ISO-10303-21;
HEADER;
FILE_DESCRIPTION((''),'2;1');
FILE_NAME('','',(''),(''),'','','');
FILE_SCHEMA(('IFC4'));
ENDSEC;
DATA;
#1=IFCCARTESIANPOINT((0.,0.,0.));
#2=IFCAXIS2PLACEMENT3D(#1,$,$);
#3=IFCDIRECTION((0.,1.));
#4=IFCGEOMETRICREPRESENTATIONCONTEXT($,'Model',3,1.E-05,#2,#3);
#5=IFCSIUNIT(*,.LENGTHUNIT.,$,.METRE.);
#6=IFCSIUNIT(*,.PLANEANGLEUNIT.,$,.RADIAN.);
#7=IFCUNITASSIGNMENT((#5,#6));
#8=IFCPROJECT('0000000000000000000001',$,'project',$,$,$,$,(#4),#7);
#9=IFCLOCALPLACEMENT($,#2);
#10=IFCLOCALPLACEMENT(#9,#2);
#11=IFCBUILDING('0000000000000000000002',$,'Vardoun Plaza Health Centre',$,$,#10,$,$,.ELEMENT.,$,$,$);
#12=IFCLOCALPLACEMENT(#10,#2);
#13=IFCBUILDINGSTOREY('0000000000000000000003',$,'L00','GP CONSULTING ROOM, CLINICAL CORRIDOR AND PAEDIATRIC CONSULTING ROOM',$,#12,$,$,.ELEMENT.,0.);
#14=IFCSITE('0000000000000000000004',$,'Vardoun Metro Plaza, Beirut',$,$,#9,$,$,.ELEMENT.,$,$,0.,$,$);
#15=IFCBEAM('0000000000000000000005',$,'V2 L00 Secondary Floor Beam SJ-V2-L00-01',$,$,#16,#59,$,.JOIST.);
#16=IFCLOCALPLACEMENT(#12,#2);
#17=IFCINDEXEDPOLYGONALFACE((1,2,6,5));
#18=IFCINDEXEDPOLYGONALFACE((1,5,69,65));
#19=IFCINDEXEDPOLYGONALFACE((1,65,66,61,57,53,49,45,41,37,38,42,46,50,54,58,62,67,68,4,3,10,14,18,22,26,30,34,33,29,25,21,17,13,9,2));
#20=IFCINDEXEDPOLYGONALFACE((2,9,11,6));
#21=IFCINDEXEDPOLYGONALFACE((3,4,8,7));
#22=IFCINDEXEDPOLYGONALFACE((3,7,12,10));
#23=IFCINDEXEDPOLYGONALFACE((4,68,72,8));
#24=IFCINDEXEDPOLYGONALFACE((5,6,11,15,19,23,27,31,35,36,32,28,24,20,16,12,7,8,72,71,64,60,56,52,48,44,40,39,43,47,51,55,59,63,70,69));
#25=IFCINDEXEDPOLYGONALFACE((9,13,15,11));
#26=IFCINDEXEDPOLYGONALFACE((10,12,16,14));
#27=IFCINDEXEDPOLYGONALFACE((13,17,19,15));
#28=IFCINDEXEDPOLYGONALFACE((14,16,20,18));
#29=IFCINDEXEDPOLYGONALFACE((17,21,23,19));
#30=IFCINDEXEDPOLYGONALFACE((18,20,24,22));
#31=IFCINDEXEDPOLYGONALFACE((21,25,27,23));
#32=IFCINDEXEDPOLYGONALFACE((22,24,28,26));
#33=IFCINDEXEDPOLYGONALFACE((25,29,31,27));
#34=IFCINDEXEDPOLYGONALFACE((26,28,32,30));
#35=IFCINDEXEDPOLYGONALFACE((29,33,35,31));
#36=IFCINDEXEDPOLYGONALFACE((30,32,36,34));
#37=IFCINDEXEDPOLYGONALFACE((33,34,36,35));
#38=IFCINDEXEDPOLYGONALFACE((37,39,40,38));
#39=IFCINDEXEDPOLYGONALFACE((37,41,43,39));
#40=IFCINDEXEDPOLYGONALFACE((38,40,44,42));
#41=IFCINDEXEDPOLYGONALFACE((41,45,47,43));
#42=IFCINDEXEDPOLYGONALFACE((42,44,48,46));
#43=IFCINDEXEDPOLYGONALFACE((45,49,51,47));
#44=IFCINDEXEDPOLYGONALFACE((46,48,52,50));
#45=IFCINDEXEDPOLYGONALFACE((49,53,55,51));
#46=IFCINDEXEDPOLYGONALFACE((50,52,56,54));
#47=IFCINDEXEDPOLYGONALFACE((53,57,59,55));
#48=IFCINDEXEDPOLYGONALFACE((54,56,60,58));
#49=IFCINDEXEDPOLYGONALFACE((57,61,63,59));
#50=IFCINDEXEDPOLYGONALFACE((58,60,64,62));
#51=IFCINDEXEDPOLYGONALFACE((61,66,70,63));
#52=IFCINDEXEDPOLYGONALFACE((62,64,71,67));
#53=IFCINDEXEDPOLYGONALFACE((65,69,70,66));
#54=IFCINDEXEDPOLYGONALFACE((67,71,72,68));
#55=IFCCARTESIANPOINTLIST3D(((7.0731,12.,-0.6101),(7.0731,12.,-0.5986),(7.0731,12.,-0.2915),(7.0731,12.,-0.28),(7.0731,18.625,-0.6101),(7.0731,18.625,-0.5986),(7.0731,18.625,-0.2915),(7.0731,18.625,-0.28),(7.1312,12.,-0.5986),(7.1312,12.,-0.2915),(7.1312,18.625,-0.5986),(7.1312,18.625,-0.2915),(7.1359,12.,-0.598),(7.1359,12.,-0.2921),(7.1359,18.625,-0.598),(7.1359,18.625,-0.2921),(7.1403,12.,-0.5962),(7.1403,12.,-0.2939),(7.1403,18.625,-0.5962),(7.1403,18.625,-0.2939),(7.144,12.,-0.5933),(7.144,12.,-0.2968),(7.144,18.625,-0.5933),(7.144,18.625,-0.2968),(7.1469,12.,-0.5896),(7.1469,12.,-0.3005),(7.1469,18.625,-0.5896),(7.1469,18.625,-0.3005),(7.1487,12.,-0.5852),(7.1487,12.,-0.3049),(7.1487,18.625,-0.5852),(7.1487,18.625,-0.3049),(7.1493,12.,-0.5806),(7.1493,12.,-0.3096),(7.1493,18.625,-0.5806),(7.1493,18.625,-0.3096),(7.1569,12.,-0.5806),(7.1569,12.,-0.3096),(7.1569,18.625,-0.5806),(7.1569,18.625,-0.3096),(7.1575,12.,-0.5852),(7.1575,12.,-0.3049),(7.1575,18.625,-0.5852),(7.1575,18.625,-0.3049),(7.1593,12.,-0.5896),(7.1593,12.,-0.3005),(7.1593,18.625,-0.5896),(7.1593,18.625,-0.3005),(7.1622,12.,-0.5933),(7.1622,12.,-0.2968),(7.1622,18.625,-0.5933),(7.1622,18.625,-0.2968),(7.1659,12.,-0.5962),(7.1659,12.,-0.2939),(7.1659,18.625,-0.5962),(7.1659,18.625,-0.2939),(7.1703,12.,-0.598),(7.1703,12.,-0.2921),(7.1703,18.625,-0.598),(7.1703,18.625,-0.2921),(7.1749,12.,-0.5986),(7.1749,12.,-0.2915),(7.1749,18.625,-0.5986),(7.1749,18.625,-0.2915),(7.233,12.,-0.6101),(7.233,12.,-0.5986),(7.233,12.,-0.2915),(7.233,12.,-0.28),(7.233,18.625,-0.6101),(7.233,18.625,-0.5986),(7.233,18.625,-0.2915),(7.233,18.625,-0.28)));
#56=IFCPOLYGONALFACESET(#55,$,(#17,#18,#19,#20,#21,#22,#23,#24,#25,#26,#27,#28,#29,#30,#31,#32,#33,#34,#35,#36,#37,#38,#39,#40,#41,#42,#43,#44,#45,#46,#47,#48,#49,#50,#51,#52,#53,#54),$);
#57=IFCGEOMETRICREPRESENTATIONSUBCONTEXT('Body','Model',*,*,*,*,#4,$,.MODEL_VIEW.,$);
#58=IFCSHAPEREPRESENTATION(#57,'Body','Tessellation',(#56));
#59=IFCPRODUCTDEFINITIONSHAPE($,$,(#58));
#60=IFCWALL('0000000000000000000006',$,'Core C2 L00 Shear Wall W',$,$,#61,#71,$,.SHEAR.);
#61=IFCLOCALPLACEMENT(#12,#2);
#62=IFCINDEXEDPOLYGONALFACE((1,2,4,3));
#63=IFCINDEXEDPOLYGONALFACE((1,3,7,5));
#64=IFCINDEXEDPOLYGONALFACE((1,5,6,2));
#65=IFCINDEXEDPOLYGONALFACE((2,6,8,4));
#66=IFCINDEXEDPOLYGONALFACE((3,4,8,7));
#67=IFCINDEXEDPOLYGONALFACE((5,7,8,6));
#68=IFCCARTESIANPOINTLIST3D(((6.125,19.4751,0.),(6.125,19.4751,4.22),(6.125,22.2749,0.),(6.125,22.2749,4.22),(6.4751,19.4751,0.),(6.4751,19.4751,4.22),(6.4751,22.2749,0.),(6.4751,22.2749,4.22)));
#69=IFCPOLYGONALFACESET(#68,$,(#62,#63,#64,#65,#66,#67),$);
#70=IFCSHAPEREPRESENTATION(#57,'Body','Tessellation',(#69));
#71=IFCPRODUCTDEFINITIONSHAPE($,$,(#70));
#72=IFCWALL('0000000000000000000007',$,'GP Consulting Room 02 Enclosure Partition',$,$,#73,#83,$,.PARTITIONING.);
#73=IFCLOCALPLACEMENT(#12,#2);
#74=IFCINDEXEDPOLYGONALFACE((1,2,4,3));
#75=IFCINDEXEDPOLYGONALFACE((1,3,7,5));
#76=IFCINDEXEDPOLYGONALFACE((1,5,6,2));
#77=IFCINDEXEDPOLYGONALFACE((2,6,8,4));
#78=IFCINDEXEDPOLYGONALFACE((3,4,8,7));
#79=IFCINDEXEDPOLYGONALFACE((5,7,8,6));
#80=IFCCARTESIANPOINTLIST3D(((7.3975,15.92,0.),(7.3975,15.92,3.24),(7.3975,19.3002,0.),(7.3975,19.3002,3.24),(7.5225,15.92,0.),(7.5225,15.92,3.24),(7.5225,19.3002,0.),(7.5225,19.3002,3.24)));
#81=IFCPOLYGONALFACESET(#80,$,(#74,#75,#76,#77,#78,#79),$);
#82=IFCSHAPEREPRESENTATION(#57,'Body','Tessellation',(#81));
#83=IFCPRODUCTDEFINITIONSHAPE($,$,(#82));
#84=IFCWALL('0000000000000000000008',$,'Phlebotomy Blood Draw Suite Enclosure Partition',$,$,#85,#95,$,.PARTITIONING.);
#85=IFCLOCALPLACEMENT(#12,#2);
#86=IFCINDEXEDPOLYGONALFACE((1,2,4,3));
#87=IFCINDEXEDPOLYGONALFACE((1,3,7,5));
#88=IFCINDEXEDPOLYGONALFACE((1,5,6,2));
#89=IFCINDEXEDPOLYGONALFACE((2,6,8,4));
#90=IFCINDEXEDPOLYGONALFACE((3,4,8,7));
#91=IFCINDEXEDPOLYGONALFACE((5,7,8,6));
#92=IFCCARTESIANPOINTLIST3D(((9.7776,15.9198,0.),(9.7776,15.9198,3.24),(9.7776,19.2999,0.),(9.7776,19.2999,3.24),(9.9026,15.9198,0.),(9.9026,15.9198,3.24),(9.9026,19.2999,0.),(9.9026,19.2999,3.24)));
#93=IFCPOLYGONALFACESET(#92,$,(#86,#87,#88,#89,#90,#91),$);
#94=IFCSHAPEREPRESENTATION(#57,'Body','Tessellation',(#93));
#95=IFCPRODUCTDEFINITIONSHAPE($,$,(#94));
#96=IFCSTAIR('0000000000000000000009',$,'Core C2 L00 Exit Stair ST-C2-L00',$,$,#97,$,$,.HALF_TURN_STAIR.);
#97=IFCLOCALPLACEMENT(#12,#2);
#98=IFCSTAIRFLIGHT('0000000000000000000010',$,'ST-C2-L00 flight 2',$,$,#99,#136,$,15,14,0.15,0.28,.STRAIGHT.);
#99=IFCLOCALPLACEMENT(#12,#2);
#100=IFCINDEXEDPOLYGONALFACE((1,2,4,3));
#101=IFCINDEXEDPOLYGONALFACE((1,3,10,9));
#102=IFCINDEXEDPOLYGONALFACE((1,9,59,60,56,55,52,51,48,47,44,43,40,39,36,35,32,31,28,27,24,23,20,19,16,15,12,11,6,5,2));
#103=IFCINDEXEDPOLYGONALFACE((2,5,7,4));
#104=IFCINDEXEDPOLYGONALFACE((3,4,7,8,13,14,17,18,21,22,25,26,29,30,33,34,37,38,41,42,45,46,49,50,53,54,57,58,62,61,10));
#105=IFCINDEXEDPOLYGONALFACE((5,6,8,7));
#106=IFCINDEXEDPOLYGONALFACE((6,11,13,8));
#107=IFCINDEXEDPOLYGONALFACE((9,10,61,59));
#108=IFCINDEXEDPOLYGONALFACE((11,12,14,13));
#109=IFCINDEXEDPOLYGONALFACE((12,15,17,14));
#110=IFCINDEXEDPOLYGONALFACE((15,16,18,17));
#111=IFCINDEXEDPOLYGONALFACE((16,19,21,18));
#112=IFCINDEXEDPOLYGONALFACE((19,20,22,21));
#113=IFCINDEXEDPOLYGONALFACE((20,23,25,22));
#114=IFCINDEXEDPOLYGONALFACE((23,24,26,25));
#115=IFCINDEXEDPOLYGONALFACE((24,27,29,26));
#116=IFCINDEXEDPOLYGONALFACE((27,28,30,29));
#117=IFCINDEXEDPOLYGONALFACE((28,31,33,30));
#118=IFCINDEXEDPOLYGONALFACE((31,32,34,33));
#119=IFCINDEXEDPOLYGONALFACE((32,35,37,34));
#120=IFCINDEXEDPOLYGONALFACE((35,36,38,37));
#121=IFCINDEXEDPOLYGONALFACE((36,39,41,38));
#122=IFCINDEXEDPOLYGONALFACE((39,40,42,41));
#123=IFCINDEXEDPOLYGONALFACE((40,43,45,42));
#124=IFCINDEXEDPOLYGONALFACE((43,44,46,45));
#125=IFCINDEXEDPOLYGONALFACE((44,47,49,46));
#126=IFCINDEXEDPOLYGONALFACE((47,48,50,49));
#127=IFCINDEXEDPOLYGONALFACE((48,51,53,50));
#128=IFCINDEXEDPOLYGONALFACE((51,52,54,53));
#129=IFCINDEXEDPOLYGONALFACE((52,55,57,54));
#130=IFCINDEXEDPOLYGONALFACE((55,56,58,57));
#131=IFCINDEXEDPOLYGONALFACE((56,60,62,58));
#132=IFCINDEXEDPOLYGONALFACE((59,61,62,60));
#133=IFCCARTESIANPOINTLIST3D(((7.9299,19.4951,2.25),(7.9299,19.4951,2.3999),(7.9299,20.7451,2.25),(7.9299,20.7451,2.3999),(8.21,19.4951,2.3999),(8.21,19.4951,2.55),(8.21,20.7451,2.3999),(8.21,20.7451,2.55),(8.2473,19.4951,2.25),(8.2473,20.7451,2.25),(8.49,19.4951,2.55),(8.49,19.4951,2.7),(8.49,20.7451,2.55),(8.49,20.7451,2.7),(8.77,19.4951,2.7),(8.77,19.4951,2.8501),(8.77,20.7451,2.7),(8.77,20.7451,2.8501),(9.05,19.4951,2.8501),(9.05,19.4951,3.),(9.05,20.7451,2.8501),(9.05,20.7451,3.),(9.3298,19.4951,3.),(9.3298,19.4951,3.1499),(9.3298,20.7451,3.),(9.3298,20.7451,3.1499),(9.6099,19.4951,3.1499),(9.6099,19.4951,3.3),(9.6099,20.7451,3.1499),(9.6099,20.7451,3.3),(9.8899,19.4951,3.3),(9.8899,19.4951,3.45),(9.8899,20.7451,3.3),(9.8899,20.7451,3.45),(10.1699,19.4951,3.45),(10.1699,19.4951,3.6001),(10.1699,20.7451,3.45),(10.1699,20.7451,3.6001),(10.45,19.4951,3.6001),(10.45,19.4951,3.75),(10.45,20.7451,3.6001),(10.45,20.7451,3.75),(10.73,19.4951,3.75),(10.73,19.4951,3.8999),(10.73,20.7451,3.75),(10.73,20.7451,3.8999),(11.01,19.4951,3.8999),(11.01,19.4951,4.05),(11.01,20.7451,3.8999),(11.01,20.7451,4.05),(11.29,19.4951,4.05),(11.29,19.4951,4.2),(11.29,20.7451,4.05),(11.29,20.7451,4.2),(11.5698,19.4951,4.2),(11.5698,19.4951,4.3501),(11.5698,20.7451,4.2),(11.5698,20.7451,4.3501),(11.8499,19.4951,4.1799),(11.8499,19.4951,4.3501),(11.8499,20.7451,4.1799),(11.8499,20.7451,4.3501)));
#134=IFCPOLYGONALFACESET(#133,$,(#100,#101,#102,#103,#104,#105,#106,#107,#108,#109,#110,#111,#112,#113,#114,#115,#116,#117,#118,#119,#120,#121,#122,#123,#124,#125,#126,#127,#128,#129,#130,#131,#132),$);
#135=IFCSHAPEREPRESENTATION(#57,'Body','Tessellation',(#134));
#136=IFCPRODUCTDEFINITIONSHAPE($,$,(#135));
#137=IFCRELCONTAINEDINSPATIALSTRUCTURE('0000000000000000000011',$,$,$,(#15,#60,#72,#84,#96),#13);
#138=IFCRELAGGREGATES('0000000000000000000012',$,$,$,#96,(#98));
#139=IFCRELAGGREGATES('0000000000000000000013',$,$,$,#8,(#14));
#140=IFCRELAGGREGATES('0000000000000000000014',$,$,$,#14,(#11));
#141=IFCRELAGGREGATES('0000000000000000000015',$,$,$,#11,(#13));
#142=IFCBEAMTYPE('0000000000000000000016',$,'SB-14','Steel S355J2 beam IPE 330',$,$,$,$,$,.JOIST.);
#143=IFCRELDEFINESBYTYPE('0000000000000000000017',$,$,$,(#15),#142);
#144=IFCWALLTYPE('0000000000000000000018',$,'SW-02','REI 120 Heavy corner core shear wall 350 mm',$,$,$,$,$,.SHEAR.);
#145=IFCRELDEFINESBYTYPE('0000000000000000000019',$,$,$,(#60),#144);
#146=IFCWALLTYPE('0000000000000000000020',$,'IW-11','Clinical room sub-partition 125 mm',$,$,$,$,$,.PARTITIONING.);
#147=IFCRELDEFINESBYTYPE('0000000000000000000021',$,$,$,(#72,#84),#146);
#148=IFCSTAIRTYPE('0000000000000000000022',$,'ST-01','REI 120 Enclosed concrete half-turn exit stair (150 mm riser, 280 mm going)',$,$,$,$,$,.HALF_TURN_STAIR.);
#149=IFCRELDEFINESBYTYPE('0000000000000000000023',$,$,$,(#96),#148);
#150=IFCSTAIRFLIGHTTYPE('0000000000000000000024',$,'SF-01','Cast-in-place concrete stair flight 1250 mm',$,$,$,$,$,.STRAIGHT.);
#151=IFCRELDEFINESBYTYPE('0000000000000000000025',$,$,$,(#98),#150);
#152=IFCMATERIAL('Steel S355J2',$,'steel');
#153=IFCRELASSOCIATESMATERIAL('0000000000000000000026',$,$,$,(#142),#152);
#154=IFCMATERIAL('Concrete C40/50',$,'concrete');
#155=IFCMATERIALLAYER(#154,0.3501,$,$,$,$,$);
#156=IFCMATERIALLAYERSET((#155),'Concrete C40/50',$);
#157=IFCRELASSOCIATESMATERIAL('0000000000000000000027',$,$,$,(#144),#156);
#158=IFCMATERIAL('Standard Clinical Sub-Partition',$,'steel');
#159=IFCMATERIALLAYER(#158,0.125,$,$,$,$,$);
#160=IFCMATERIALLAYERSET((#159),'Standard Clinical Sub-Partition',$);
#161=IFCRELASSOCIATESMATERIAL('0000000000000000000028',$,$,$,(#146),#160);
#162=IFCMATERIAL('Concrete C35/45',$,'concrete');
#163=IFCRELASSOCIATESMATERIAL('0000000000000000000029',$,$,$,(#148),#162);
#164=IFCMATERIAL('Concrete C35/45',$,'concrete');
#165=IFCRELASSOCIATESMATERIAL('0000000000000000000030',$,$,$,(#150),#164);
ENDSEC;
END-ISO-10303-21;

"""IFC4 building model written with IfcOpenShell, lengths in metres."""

from ifc_helpers import new_model, si_unit, direction, frame, frame_2d, origin, origin_2d, place, context, subcontext, project, spatial, polyline, rectangle, i_section, outline, extrude, material, layer, layer_set, material_profile, profile_set, type_object, element, aggregate, save


model = new_model("IFC4")

# Units and contexts
model_context = context("Model", 3, precision=1e-05, world=origin(), true_north=direction((0.0, 1.0)))
body_context = subcontext(model_context, "Body", "Model", "MODEL_VIEW")
ifc_project = project(units=[si_unit("LENGTHUNIT", "METRE"), si_unit("PLANEANGLEUNIT", "RADIAN")], contexts=[model_context])

# Site, building, storey
site_placement = place(None, origin())
site = spatial("IfcSite", under=ifc_project, at=site_placement, Name="Vardoun Metro Plaza, Beirut", CompositionType="ELEMENT", RefElevation=0.0)
building_placement = place(site_placement, origin())
building = spatial("IfcBuilding", under=site, at=building_placement, Name="Vardoun Plaza Health Centre", CompositionType="ELEMENT")
storey_placement = place(building_placement, origin())
storey = spatial("IfcBuildingStorey", under=building, at=storey_placement, Name="L00", Description="GP CONSULTING ROOM, CLINICAL CORRIDOR AND PAEDIATRIC CONSULTING ROOM", CompositionType="ELEMENT", Elevation=0.0)

# Beam
ifc_material_1 = material(Name="Steel S355J2", Category="steel")
ifc_material_profile_1 = material_profile(ifc_material_1, i_section(OverallWidth=0.1599, OverallDepth=0.3301, WebThickness=0.0076, FlangeThickness=0.0115, FilletRadius=0.0181, at=origin_2d()), Name="IPE 330")
ifc_profile_set_1 = profile_set([ifc_material_profile_1], Name="Steel S355J2")
beam_type_1 = type_object("IfcBeamType", Name="SB-14", Description="Steel S355J2 beam IPE 330", PredefinedType="JOIST", material=ifc_profile_set_1)
beam_1_placement = place(storey_placement, frame((7.1531, 12.0, -0.4451), z_axis=(0.0, 1.0, 0.0), x_axis=(-1.0, 0.0, 0.0)))
element("IfcBeam", 1, at=beam_1_placement, inside=storey, type_object=beam_type_1, Name="V2 L00 Secondary Floor Beam SJ-V2-L00-01", PredefinedType="JOIST", context=body_context, shape_type="SweptSolid", body=[
    extrude(i_section(OverallWidth=0.1599, OverallDepth=0.3301, WebThickness=0.0076, FlangeThickness=0.0115, FilletRadius=0.0181, at=origin_2d()), origin(), (0.0, 0.0, 1.0), 6.625),
])

# Wall
ifc_material_2 = material(Name="Concrete C40/50", Category="concrete")
ifc_layer_1 = layer(ifc_material_2, 0.3501)
ifc_layer_set_1 = layer_set([ifc_layer_1], Name="Concrete C40/50")
wall_type_1 = type_object("IfcWallType", Name="SW-02", Description="REI 120 Heavy corner core shear wall 350 mm", PredefinedType="SHEAR", material=ifc_layer_set_1)
wall_1_placement = place(storey_placement, frame((6.3, 19.4751, 0.0), z_axis=(0.0, 0.0, 1.0), x_axis=(0.0, 1.0, 0.0)))
element("IfcWall", 2, at=wall_1_placement, inside=storey, type_object=wall_type_1, Name="Core C2 L00 Shear Wall W", PredefinedType="SHEAR", context=body_context, shape_type="SweptSolid", body=[
    extrude(rectangle(XDim=2.7998, YDim=0.3501, at=frame_2d((1.3999, 0.0))), origin(), (0.0, 0.0, 1.0), 4.22),
])

# Walls
ifc_material_3 = material(Name="Standard Clinical Sub-Partition", Category="steel")
ifc_layer_2 = layer(ifc_material_3, 0.125)
ifc_layer_set_2 = layer_set([ifc_layer_2], Name="Standard Clinical Sub-Partition")
wall_type_2 = type_object("IfcWallType", Name="IW-11", Description="Clinical room sub-partition 125 mm", PredefinedType="PARTITIONING", material=ifc_layer_set_2)
for number, where, z_axis, x_axis, name in (
    (3, (7.46, 19.3, 0.0), (0.0, 0.0, 1.0), (0.0, -1.0, 0.0), "GP Consulting Room 02 Enclosure Partition"),
    (4, (9.8401, 15.9199, 0.0), (0.0, 0.0, 1.0), (0.0, 1.0, 0.0), "Phlebotomy Blood Draw Suite Enclosure Partition"),
):
    element("IfcWall", number, at=place(storey_placement, frame(where, z_axis=z_axis, x_axis=x_axis)), inside=storey, type_object=wall_type_2, Name=name, PredefinedType="PARTITIONING", context=body_context, shape_type="SweptSolid", body=[
        extrude(rectangle(XDim=3.3801, YDim=0.125, at=frame_2d((1.6899, 0.0))), origin(), (0.0, 0.0, 1.0), 3.24),
    ])

# Stair, stair flight
ifc_material_4 = material(Name="Concrete C35/45", Category="concrete")
stair_type = type_object("IfcStairType", Name="ST-01", Description="REI 120 Enclosed concrete half-turn exit stair (150 mm riser, 280 mm going)", PredefinedType="HALF_TURN_STAIR", material=ifc_material_4)
stair_placement = place(storey_placement, origin())
stair = element("IfcStair", 5, at=stair_placement, inside=storey, type_object=stair_type, Name="Core C2 L00 Exit Stair ST-C2-L00", PredefinedType="HALF_TURN_STAIR")
ifc_material_5 = material(Name="Concrete C35/45", Category="concrete")
stair_flight_type = type_object("IfcStairFlightType", Name="SF-01", Description="Cast-in-place concrete stair flight 1250 mm", PredefinedType="STRAIGHT", material=ifc_material_5)
stair_flight_placement = place(storey_placement, frame((7.9299, 20.1201, 2.25), z_axis=(0.0, 0.0, 1.0), x_axis=(1.0, 0.0, 0.0)))
stair_flight = element("IfcStairFlight", 6, at=stair_flight_placement, type_object=stair_flight_type, Name="ST-C2-L00 flight 2", NumberOfRisers=15, NumberOfTreads=14, PredefinedType="STRAIGHT", RiserHeight=0.15, TreadLength=0.28, context=body_context, shape_type="SweptSolid", body=[
    extrude(outline(polyline([(0.0, 0.0), (0.0, 0.1499), (0.28, 0.1499), (0.28, 0.3), (0.5601, 0.3), (0.5601, 0.45), (0.8401, 0.45), (0.8401, 0.6001), (1.1201, 0.6001), (1.1201, 0.75), (1.3999, 0.75), (1.3999, 0.8999), (1.6799, 0.8999), (1.6799, 1.05), (1.96, 1.05), (1.96, 1.2), (2.24, 1.2), (2.24, 1.3501), (2.52, 1.3501), (2.52, 1.5), (2.8, 1.5), (2.8, 1.6499), (3.0801, 1.6499), (3.0801, 1.8), (3.3601, 1.8), (3.3601, 1.95), (3.6399, 1.95), (3.6399, 2.1001), (3.9199, 2.1001), (3.9199, 2.25), (3.9199, 1.9299), (0.3174, 0.0), (0.0, 0.0)])), frame((0.0, 0.625, 0.0), z_axis=(0.0, -1.0, 0.0), x_axis=(1.0, 0.0, 0.0)), (0.0, 0.0, 1.0), 1.25),
])
aggregate(stair, [stair_flight])

save(model, "model.ifc")
